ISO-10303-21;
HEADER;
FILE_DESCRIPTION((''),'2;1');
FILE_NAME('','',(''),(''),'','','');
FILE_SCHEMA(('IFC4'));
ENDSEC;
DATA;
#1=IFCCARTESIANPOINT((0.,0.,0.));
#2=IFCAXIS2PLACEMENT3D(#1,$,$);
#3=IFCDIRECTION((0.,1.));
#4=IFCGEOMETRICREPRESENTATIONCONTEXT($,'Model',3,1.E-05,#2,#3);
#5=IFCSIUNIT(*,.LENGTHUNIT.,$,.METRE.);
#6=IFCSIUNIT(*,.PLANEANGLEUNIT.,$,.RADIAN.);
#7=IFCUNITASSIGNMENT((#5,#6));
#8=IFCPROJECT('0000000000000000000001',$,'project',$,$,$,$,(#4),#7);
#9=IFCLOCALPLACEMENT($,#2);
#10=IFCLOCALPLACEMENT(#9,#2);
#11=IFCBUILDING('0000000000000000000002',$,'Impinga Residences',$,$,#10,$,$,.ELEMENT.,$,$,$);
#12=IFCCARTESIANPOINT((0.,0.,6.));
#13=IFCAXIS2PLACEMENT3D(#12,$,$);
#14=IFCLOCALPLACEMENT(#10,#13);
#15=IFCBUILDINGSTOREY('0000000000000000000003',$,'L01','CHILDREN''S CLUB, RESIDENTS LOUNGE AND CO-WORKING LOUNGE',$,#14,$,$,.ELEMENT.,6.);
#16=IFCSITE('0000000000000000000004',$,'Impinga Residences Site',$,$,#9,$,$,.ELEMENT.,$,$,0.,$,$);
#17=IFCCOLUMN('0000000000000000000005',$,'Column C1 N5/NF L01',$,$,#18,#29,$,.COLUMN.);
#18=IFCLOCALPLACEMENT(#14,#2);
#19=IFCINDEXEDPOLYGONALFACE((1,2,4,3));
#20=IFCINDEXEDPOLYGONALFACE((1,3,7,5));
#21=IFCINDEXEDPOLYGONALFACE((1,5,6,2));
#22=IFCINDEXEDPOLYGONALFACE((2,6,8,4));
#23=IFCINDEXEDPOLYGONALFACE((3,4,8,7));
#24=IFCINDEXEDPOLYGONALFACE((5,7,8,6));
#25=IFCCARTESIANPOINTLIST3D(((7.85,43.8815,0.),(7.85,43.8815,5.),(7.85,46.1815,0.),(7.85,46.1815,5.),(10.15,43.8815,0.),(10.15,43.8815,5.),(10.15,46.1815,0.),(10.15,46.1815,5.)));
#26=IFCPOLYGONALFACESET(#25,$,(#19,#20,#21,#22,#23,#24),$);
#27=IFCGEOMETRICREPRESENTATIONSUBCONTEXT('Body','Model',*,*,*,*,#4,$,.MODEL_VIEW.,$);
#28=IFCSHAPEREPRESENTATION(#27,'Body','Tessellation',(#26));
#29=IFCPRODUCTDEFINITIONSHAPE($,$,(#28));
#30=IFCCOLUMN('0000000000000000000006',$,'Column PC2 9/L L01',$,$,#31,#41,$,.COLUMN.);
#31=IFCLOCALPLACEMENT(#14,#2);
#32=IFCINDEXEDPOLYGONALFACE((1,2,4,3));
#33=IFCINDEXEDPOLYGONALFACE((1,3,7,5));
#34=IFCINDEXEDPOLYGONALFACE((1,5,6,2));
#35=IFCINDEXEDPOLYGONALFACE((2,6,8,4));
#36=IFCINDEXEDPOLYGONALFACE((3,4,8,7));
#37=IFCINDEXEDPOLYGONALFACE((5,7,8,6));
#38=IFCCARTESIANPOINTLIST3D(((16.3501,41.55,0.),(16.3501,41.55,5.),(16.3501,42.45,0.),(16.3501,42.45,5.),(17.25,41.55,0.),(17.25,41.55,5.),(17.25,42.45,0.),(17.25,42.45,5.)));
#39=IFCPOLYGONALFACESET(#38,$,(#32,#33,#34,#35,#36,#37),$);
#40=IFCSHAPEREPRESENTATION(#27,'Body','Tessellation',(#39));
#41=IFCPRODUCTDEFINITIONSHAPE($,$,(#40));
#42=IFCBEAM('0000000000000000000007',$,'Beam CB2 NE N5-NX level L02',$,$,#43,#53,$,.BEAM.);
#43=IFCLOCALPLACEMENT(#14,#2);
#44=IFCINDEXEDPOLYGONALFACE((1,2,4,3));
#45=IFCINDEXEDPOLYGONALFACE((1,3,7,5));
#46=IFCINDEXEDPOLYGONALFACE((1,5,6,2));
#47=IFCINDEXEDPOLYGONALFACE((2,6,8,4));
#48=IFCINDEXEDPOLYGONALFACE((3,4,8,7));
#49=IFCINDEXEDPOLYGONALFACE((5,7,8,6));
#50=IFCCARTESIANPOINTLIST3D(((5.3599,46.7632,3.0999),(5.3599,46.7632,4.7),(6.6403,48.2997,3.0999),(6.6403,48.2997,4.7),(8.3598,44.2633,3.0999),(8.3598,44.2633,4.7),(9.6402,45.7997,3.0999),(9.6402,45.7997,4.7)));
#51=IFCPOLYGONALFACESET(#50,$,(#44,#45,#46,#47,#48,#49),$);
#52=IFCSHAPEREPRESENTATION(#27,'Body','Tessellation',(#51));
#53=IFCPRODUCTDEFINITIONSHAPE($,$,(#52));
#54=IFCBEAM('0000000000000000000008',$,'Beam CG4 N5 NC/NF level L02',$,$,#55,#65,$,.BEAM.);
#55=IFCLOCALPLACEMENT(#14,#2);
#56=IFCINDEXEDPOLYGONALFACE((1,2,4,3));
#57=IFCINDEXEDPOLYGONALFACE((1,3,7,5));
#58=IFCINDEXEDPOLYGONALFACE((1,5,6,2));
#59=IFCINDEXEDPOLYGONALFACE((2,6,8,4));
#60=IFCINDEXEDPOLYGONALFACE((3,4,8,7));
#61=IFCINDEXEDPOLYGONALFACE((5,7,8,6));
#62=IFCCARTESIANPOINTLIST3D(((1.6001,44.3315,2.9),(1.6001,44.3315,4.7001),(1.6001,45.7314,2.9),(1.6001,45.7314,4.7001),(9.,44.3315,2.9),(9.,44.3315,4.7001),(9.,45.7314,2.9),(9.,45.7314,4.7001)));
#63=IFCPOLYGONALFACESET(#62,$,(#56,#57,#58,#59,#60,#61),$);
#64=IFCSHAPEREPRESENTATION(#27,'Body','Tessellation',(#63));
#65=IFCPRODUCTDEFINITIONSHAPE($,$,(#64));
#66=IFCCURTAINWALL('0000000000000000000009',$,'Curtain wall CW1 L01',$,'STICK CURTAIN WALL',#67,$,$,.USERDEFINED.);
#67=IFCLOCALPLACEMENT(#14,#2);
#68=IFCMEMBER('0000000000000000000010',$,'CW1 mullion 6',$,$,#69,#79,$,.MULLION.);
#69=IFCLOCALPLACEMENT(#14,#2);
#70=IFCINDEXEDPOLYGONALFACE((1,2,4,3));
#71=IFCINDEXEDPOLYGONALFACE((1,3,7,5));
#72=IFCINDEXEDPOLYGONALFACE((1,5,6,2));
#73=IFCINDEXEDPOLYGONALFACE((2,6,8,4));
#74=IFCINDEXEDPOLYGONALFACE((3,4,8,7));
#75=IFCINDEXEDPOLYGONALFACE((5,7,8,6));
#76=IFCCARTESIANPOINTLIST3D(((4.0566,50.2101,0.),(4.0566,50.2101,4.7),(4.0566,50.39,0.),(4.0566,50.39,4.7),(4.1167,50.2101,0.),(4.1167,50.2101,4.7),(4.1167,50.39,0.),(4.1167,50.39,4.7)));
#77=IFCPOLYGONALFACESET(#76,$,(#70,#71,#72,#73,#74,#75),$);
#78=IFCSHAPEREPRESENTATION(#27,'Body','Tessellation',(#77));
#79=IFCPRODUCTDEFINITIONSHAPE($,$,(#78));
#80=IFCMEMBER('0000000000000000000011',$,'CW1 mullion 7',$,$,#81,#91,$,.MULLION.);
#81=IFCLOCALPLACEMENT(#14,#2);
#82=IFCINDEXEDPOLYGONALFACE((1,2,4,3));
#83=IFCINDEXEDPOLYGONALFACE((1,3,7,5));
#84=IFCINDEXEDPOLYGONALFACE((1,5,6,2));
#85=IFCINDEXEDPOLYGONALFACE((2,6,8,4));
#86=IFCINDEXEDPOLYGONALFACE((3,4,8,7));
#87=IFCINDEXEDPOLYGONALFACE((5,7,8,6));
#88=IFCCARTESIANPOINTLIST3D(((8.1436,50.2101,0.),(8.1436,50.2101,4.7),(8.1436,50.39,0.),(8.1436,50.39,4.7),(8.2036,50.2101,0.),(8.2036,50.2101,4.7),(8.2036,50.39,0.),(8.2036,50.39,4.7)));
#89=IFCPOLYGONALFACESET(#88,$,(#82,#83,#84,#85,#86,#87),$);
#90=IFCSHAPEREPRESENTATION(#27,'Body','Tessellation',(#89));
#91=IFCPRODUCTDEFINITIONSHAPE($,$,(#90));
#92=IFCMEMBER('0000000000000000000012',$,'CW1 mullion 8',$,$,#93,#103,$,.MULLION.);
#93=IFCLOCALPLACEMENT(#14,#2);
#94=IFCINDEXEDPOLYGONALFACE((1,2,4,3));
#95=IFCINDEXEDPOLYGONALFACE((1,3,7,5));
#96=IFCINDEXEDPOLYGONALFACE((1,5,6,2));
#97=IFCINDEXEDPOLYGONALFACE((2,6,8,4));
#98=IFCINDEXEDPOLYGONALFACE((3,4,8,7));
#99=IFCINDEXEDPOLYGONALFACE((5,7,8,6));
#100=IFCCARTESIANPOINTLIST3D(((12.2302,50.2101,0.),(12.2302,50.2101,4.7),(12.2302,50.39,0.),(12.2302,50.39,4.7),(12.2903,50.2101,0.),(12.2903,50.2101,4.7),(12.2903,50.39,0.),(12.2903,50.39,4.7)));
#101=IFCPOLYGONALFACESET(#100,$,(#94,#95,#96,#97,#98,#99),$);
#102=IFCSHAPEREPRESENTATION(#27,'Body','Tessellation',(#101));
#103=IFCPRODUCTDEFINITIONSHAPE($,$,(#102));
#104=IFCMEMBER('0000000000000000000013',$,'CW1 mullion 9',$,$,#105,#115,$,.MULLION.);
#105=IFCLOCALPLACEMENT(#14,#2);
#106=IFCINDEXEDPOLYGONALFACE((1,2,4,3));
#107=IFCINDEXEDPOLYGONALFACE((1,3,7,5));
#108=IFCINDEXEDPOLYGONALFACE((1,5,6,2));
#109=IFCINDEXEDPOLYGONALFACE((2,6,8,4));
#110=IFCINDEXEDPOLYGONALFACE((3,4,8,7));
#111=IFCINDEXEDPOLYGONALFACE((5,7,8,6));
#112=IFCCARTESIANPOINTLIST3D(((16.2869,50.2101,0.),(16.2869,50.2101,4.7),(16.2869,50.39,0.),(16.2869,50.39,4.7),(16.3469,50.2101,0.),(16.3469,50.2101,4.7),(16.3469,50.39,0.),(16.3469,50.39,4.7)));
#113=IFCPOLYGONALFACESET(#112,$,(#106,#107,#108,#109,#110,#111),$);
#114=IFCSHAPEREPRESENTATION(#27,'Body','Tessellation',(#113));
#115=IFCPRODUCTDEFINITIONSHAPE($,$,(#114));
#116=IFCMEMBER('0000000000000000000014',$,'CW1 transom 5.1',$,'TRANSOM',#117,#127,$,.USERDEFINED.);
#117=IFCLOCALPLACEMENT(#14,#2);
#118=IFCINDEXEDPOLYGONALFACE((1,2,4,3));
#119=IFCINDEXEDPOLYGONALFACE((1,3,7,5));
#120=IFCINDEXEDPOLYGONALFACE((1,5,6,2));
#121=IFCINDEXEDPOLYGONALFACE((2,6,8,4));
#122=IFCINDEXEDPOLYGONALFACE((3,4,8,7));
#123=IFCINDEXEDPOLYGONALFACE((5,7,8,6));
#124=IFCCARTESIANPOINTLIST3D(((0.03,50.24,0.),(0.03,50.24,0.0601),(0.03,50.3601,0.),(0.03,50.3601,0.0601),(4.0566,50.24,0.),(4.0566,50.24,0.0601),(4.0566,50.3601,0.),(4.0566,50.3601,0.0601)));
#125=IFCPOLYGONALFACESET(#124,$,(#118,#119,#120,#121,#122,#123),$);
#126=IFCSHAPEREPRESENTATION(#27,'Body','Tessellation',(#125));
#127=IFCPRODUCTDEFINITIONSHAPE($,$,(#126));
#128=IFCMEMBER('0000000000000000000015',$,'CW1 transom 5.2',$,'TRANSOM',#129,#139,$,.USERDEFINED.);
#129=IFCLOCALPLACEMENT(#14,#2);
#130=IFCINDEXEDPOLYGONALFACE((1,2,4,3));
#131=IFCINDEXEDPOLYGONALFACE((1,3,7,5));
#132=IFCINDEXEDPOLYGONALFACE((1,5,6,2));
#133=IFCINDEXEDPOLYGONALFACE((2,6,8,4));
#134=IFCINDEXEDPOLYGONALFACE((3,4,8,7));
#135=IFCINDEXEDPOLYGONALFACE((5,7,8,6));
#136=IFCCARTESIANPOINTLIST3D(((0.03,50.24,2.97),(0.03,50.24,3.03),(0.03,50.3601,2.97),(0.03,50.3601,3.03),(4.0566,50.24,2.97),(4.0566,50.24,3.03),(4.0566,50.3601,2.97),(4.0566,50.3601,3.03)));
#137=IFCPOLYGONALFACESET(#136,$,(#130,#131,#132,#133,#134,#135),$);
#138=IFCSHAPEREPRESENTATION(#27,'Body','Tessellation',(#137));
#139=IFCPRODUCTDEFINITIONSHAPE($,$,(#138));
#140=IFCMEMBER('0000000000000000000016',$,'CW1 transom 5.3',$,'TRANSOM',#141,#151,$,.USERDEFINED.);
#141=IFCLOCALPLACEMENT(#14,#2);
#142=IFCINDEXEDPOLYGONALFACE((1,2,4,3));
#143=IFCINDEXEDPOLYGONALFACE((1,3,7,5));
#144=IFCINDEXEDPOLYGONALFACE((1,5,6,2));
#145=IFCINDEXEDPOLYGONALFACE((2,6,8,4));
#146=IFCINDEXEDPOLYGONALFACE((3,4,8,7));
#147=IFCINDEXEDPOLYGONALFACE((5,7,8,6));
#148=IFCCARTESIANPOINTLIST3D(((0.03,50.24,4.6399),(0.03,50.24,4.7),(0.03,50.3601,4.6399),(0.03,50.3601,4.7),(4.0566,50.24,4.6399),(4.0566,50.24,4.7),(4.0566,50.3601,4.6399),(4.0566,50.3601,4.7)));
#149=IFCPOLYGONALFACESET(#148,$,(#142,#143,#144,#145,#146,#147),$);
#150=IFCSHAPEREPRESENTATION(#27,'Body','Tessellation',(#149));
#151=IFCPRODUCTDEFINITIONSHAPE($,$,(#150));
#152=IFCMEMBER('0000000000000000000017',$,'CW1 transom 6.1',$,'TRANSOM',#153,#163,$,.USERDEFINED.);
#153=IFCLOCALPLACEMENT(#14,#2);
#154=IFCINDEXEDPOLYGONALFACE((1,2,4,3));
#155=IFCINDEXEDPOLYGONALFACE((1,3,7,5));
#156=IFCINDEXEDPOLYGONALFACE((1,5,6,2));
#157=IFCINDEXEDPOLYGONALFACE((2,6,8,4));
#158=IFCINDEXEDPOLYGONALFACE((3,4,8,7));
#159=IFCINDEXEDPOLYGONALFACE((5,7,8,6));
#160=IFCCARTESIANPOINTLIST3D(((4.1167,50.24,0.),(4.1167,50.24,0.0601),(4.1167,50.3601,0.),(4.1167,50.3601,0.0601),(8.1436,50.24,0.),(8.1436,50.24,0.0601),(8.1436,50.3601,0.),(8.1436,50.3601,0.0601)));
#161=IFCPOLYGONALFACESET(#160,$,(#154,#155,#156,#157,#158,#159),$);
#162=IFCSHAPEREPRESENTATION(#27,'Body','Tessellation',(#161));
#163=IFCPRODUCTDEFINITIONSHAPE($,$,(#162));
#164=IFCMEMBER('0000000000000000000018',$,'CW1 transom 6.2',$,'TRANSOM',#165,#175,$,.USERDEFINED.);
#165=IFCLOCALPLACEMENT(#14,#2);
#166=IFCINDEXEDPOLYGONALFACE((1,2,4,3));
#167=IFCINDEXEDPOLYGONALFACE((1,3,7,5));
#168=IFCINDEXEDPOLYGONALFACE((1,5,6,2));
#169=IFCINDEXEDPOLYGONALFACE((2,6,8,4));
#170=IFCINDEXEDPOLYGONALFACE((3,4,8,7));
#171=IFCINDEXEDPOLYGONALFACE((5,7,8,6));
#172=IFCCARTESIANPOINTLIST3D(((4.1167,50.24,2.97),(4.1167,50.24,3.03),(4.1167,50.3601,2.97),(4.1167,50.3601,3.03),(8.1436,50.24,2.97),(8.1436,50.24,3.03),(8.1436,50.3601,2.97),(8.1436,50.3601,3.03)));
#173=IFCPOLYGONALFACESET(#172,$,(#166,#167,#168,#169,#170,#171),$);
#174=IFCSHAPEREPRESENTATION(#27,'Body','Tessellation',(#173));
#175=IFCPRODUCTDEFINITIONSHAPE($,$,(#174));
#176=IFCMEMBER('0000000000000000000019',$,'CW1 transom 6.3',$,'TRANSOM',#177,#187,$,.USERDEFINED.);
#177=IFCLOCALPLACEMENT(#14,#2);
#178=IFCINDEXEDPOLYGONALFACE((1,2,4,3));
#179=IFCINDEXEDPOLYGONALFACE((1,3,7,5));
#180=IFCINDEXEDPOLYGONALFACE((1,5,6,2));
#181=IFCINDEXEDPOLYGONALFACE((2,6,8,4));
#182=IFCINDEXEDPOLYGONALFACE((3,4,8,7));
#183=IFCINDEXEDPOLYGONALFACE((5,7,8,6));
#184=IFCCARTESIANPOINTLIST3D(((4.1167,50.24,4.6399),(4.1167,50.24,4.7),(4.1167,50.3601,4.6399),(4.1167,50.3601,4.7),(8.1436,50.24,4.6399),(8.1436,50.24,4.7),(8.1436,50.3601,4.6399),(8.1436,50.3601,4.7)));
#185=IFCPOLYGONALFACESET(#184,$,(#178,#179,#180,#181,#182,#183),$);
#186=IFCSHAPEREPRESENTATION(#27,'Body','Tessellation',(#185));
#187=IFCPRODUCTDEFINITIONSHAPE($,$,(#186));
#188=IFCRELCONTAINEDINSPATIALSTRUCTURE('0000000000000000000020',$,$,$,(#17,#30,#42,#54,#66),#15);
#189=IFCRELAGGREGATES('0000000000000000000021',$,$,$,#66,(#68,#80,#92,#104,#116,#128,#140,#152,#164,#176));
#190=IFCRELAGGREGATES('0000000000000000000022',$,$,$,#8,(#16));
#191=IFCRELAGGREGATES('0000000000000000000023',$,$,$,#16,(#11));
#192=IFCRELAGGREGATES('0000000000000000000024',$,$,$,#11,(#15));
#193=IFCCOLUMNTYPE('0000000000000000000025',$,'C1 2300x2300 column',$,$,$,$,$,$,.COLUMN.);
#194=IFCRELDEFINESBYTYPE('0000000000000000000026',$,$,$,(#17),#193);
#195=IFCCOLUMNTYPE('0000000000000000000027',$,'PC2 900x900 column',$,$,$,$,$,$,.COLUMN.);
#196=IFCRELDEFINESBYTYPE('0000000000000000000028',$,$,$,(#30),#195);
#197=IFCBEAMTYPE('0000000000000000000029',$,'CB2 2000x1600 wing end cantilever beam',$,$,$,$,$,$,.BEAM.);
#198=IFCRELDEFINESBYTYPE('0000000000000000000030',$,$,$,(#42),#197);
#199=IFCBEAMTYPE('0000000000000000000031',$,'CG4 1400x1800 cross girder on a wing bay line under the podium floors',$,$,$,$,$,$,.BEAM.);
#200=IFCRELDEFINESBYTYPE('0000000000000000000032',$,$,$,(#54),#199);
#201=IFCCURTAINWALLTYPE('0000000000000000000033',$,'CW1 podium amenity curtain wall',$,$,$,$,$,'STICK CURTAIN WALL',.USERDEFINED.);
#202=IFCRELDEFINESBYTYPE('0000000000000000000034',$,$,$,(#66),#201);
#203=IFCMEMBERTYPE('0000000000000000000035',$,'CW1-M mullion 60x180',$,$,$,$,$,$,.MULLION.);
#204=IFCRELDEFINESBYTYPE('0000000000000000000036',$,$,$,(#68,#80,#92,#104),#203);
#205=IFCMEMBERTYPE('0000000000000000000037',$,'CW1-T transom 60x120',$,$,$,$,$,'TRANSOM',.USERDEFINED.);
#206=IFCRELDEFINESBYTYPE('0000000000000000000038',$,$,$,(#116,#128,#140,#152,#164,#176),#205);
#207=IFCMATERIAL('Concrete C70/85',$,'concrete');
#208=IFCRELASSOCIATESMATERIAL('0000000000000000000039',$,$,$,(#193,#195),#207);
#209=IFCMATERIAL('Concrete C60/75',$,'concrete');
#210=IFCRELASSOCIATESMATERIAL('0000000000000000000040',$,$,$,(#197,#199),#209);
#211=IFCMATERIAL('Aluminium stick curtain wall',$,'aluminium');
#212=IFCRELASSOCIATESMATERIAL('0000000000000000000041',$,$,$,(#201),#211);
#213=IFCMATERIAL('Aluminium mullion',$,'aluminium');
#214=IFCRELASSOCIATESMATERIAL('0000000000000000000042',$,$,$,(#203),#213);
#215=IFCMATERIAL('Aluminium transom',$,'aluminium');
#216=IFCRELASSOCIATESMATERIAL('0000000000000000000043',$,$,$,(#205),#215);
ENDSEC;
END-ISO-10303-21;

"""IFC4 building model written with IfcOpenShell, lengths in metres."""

from ifc_helpers import new_model, si_unit, direction, frame, origin, origin_2d, place, context, subcontext, project, spatial, rectangle, extrude, material, material_profile, profile_set, type_object, element, aggregate, save


model = new_model("IFC4")

# Units and contexts
model_context = context("Model", 3, precision=1e-05, world=origin(), true_north=direction((0.0, 1.0)))
body_context = subcontext(model_context, "Body", "Model", "MODEL_VIEW")
ifc_project = project(units=[si_unit("LENGTHUNIT", "METRE"), si_unit("PLANEANGLEUNIT", "RADIAN")], contexts=[model_context])

# Site, building, storey
site_placement = place(None, origin())
site = spatial("IfcSite", under=ifc_project, at=site_placement, Name="Impinga Residences Site", CompositionType="ELEMENT", RefElevation=0.0)
building_placement = place(site_placement, origin())
building = spatial("IfcBuilding", under=site, at=building_placement, Name="Impinga Residences", CompositionType="ELEMENT")
storey_placement = place(building_placement, frame((0.0, 0.0, 6.0)))
storey = spatial("IfcBuildingStorey", under=building, at=storey_placement, Name="L01", Description="CHILDREN'S CLUB, RESIDENTS LOUNGE AND CO-WORKING LOUNGE", CompositionType="ELEMENT", Elevation=6.0)

# Columns
ifc_material_1 = material(Name="Concrete C70/85", Category="concrete")
ifc_material_profile_1 = material_profile(ifc_material_1, rectangle(XDim=2.3, YDim=2.3, at=origin_2d()), Name="RC 2300x2300")
ifc_profile_set_1 = profile_set([ifc_material_profile_1], Name="Concrete C70/85")
column_type_1 = type_object("IfcColumnType", Name="C1 2300x2300 column", PredefinedType="COLUMN", material=ifc_profile_set_1)
column_1_placement = place(storey_placement, frame((9.0, 45.0315, 0.0), z_axis=(0.0, 0.0, 1.0), x_axis=(1.0, 0.0, 0.0)))
element("IfcColumn", 1, at=column_1_placement, inside=storey, type_object=column_type_1, Name="Column C1 N5/NF L01", PredefinedType="COLUMN", context=body_context, shape_type="SweptSolid", body=[
    extrude(rectangle(XDim=2.3, YDim=2.3, at=origin_2d()), origin(), (0.0, 0.0, 1.0), 5.0),
])
ifc_material_profile_2 = material_profile(ifc_material_1, rectangle(XDim=0.8999, YDim=0.8999, at=origin_2d()), Name="RC 900x900")
ifc_profile_set_2 = profile_set([ifc_material_profile_2], Name="Concrete C70/85")
column_type_2 = type_object("IfcColumnType", Name="PC2 900x900 column", PredefinedType="COLUMN", material=ifc_profile_set_2)
column_2_placement = place(storey_placement, frame((16.8, 42.0, 0.0), z_axis=(0.0, 0.0, 1.0), x_axis=(1.0, 0.0, 0.0)))
element("IfcColumn", 2, at=column_2_placement, inside=storey, type_object=column_type_2, Name="Column PC2 9/L L01", PredefinedType="COLUMN", context=body_context, shape_type="SweptSolid", body=[
    extrude(rectangle(XDim=0.8999, YDim=0.8999, at=origin_2d()), origin(), (0.0, 0.0, 1.0), 5.0),
])

# Beams
ifc_material_2 = material(Name="Concrete C60/75", Category="concrete")
ifc_material_profile_3 = material_profile(ifc_material_2, rectangle(XDim=2.0, YDim=1.6001, at=origin_2d()), Name="RC 2000x1600")
ifc_profile_set_3 = profile_set([ifc_material_profile_3], Name="Concrete C60/75")
beam_type_1 = type_object("IfcBeamType", Name="CB2 2000x1600 wing end cantilever beam", PredefinedType="BEAM", material=ifc_profile_set_3)
beam_1_placement = place(storey_placement, frame((9.0, 45.0315, 3.8999), z_axis=(-0.768221, 0.640184, 0.0), x_axis=(-0.640184, -0.768221, 0.0)))
element("IfcBeam", 3, at=beam_1_placement, inside=storey, type_object=beam_type_1, Name="Beam CB2 NE N5-NX level L02", PredefinedType="BEAM", context=body_context, shape_type="SweptSolid", body=[
    extrude(rectangle(XDim=2.0, YDim=1.6001, at=origin_2d()), origin(), (0.0, 0.0, 1.0), 3.905),
])
ifc_material_profile_4 = material_profile(ifc_material_2, rectangle(XDim=1.3999, YDim=1.8, at=origin_2d()), Name="RC 1400x1800")
ifc_profile_set_4 = profile_set([ifc_material_profile_4], Name="Concrete C60/75")
beam_type_2 = type_object("IfcBeamType", Name="CG4 1400x1800 cross girder on a wing bay line under the podium floors", PredefinedType="BEAM", material=ifc_profile_set_4)
beam_2_placement = place(storey_placement, frame((1.6001, 45.0315, 3.8), z_axis=(1.0, 0.0, 0.0), x_axis=(0.0, 1.0, 0.0)))
element("IfcBeam", 4, at=beam_2_placement, inside=storey, type_object=beam_type_2, Name="Beam CG4 N5 NC/NF level L02", PredefinedType="BEAM", context=body_context, shape_type="SweptSolid", body=[
    extrude(rectangle(XDim=1.3999, YDim=1.8, at=origin_2d()), origin(), (0.0, 0.0, 1.0), 7.3999),
])

# Curtain wall, members
ifc_material_3 = material(Name="Aluminium stick curtain wall", Category="aluminium")
curtain_wall_type = type_object("IfcCurtainWallType", Name="CW1 podium amenity curtain wall", ElementType="STICK CURTAIN WALL", PredefinedType="USERDEFINED", material=ifc_material_3)
curtain_wall_placement = place(storey_placement, origin())
curtain_wall = element("IfcCurtainWall", 5, at=curtain_wall_placement, inside=storey, type_object=curtain_wall_type, Name="Curtain wall CW1 L01", ObjectType="STICK CURTAIN WALL", PredefinedType="USERDEFINED")
ifc_material_4 = material(Name="Aluminium mullion", Category="aluminium")
ifc_material_profile_5 = material_profile(ifc_material_4, rectangle(XDim=0.0601, YDim=0.1799, at=origin_2d()), Name="60x180 mullion")
ifc_profile_set_5 = profile_set([ifc_material_profile_5], Name="Aluminium mullion")
member_type_1 = type_object("IfcMemberType", Name="CW1-M mullion 60x180", PredefinedType="MULLION", material=ifc_profile_set_5)
member_1_placement = place(storey_placement, frame((4.0867, 50.3, 0.0), z_axis=(0.0, 0.0, 1.0), x_axis=(1.0, 0.0, 0.0)))
member_1 = element("IfcMember", 6, at=member_1_placement, type_object=member_type_1, Name="CW1 mullion 6", PredefinedType="MULLION", context=body_context, shape_type="SweptSolid", body=[
    extrude(rectangle(XDim=0.0601, YDim=0.1799, at=origin_2d()), origin(), (0.0, 0.0, 1.0), 4.7),
])
member_2_placement = place(storey_placement, frame((8.1736, 50.3, 0.0), z_axis=(0.0, 0.0, 1.0), x_axis=(1.0, 0.0, 0.0)))
member_2 = element("IfcMember", 7, at=member_2_placement, type_object=member_type_1, Name="CW1 mullion 7", PredefinedType="MULLION", context=body_context, shape_type="SweptSolid", body=[
    extrude(rectangle(XDim=0.0601, YDim=0.1799, at=origin_2d()), origin(), (0.0, 0.0, 1.0), 4.7),
])
member_3_placement = place(storey_placement, frame((12.2603, 50.3, 0.0), z_axis=(0.0, 0.0, 1.0), x_axis=(1.0, 0.0, 0.0)))
member_3 = element("IfcMember", 8, at=member_3_placement, type_object=member_type_1, Name="CW1 mullion 8", PredefinedType="MULLION", context=body_context, shape_type="SweptSolid", body=[
    extrude(rectangle(XDim=0.0601, YDim=0.1799, at=origin_2d()), origin(), (0.0, 0.0, 1.0), 4.7),
])
member_4_placement = place(storey_placement, frame((16.3169, 50.3, 0.0), z_axis=(0.0, 0.0, 1.0), x_axis=(1.0, 0.0, 0.0)))
member_4 = element("IfcMember", 9, at=member_4_placement, type_object=member_type_1, Name="CW1 mullion 9", PredefinedType="MULLION", context=body_context, shape_type="SweptSolid", body=[
    extrude(rectangle(XDim=0.0601, YDim=0.1799, at=origin_2d()), origin(), (0.0, 0.0, 1.0), 4.7),
])
ifc_material_5 = material(Name="Aluminium transom", Category="aluminium")
ifc_material_profile_6 = material_profile(ifc_material_5, rectangle(XDim=0.0601, YDim=0.1201, at=origin_2d()), Name="60x120 transom")
ifc_profile_set_6 = profile_set([ifc_material_profile_6], Name="Aluminium transom")
member_type_2 = type_object("IfcMemberType", Name="CW1-T transom 60x120", ElementType="TRANSOM", PredefinedType="USERDEFINED", material=ifc_profile_set_6)
member_5_placement = place(storey_placement, frame((0.03, 50.3, 0.03), z_axis=(1.0, 0.0, 0.0), x_axis=(0.0, 0.0, 1.0)))
member_5 = element("IfcMember", 10, at=member_5_placement, type_object=member_type_2, Name="CW1 transom 5.1", ObjectType="TRANSOM", PredefinedType="USERDEFINED", context=body_context, shape_type="SweptSolid", body=[
    extrude(rectangle(XDim=0.0601, YDim=0.1201, at=origin_2d()), origin(), (0.0, 0.0, 1.0), 4.0266),
])
member_6_placement = place(storey_placement, frame((0.03, 50.3, 3.0), z_axis=(1.0, 0.0, 0.0), x_axis=(0.0, 0.0, 1.0)))
member_6 = element("IfcMember", 11, at=member_6_placement, type_object=member_type_2, Name="CW1 transom 5.2", ObjectType="TRANSOM", PredefinedType="USERDEFINED", context=body_context, shape_type="SweptSolid", body=[
    extrude(rectangle(XDim=0.0601, YDim=0.1201, at=origin_2d()), origin(), (0.0, 0.0, 1.0), 4.0266),
])
member_7_placement = place(storey_placement, frame((0.03, 50.3, 4.6699), z_axis=(1.0, 0.0, 0.0), x_axis=(0.0, 0.0, 1.0)))
member_7 = element("IfcMember", 12, at=member_7_placement, type_object=member_type_2, Name="CW1 transom 5.3", ObjectType="TRANSOM", PredefinedType="USERDEFINED", context=body_context, shape_type="SweptSolid", body=[
    extrude(rectangle(XDim=0.0601, YDim=0.1201, at=origin_2d()), origin(), (0.0, 0.0, 1.0), 4.0266),
])
member_8_placement = place(storey_placement, frame((4.1167, 50.3, 0.03), z_axis=(1.0, 0.0, 0.0), x_axis=(0.0, 0.0, 1.0)))
member_8 = element("IfcMember", 13, at=member_8_placement, type_object=member_type_2, Name="CW1 transom 6.1", ObjectType="TRANSOM", PredefinedType="USERDEFINED", context=body_context, shape_type="SweptSolid", body=[
    extrude(rectangle(XDim=0.0601, YDim=0.1201, at=origin_2d()), origin(), (0.0, 0.0, 1.0), 4.0269),
])
member_9_placement = place(storey_placement, frame((4.1167, 50.3, 3.0), z_axis=(1.0, 0.0, 0.0), x_axis=(0.0, 0.0, 1.0)))
member_9 = element("IfcMember", 14, at=member_9_placement, type_object=member_type_2, Name="CW1 transom 6.2", ObjectType="TRANSOM", PredefinedType="USERDEFINED", context=body_context, shape_type="SweptSolid", body=[
    extrude(rectangle(XDim=0.0601, YDim=0.1201, at=origin_2d()), origin(), (0.0, 0.0, 1.0), 4.0269),
])
member_10_placement = place(storey_placement, frame((4.1167, 50.3, 4.6699), z_axis=(1.0, 0.0, 0.0), x_axis=(0.0, 0.0, 1.0)))
member_10 = element("IfcMember", 15, at=member_10_placement, type_object=member_type_2, Name="CW1 transom 6.3", ObjectType="TRANSOM", PredefinedType="USERDEFINED", context=body_context, shape_type="SweptSolid", body=[
    extrude(rectangle(XDim=0.0601, YDim=0.1201, at=origin_2d()), origin(), (0.0, 0.0, 1.0), 4.0269),
])

aggregate(curtain_wall, [member_1, member_2, member_3, member_4, member_5, member_6, member_7, member_8, member_9, member_10])

save(model, "model.ifc")
